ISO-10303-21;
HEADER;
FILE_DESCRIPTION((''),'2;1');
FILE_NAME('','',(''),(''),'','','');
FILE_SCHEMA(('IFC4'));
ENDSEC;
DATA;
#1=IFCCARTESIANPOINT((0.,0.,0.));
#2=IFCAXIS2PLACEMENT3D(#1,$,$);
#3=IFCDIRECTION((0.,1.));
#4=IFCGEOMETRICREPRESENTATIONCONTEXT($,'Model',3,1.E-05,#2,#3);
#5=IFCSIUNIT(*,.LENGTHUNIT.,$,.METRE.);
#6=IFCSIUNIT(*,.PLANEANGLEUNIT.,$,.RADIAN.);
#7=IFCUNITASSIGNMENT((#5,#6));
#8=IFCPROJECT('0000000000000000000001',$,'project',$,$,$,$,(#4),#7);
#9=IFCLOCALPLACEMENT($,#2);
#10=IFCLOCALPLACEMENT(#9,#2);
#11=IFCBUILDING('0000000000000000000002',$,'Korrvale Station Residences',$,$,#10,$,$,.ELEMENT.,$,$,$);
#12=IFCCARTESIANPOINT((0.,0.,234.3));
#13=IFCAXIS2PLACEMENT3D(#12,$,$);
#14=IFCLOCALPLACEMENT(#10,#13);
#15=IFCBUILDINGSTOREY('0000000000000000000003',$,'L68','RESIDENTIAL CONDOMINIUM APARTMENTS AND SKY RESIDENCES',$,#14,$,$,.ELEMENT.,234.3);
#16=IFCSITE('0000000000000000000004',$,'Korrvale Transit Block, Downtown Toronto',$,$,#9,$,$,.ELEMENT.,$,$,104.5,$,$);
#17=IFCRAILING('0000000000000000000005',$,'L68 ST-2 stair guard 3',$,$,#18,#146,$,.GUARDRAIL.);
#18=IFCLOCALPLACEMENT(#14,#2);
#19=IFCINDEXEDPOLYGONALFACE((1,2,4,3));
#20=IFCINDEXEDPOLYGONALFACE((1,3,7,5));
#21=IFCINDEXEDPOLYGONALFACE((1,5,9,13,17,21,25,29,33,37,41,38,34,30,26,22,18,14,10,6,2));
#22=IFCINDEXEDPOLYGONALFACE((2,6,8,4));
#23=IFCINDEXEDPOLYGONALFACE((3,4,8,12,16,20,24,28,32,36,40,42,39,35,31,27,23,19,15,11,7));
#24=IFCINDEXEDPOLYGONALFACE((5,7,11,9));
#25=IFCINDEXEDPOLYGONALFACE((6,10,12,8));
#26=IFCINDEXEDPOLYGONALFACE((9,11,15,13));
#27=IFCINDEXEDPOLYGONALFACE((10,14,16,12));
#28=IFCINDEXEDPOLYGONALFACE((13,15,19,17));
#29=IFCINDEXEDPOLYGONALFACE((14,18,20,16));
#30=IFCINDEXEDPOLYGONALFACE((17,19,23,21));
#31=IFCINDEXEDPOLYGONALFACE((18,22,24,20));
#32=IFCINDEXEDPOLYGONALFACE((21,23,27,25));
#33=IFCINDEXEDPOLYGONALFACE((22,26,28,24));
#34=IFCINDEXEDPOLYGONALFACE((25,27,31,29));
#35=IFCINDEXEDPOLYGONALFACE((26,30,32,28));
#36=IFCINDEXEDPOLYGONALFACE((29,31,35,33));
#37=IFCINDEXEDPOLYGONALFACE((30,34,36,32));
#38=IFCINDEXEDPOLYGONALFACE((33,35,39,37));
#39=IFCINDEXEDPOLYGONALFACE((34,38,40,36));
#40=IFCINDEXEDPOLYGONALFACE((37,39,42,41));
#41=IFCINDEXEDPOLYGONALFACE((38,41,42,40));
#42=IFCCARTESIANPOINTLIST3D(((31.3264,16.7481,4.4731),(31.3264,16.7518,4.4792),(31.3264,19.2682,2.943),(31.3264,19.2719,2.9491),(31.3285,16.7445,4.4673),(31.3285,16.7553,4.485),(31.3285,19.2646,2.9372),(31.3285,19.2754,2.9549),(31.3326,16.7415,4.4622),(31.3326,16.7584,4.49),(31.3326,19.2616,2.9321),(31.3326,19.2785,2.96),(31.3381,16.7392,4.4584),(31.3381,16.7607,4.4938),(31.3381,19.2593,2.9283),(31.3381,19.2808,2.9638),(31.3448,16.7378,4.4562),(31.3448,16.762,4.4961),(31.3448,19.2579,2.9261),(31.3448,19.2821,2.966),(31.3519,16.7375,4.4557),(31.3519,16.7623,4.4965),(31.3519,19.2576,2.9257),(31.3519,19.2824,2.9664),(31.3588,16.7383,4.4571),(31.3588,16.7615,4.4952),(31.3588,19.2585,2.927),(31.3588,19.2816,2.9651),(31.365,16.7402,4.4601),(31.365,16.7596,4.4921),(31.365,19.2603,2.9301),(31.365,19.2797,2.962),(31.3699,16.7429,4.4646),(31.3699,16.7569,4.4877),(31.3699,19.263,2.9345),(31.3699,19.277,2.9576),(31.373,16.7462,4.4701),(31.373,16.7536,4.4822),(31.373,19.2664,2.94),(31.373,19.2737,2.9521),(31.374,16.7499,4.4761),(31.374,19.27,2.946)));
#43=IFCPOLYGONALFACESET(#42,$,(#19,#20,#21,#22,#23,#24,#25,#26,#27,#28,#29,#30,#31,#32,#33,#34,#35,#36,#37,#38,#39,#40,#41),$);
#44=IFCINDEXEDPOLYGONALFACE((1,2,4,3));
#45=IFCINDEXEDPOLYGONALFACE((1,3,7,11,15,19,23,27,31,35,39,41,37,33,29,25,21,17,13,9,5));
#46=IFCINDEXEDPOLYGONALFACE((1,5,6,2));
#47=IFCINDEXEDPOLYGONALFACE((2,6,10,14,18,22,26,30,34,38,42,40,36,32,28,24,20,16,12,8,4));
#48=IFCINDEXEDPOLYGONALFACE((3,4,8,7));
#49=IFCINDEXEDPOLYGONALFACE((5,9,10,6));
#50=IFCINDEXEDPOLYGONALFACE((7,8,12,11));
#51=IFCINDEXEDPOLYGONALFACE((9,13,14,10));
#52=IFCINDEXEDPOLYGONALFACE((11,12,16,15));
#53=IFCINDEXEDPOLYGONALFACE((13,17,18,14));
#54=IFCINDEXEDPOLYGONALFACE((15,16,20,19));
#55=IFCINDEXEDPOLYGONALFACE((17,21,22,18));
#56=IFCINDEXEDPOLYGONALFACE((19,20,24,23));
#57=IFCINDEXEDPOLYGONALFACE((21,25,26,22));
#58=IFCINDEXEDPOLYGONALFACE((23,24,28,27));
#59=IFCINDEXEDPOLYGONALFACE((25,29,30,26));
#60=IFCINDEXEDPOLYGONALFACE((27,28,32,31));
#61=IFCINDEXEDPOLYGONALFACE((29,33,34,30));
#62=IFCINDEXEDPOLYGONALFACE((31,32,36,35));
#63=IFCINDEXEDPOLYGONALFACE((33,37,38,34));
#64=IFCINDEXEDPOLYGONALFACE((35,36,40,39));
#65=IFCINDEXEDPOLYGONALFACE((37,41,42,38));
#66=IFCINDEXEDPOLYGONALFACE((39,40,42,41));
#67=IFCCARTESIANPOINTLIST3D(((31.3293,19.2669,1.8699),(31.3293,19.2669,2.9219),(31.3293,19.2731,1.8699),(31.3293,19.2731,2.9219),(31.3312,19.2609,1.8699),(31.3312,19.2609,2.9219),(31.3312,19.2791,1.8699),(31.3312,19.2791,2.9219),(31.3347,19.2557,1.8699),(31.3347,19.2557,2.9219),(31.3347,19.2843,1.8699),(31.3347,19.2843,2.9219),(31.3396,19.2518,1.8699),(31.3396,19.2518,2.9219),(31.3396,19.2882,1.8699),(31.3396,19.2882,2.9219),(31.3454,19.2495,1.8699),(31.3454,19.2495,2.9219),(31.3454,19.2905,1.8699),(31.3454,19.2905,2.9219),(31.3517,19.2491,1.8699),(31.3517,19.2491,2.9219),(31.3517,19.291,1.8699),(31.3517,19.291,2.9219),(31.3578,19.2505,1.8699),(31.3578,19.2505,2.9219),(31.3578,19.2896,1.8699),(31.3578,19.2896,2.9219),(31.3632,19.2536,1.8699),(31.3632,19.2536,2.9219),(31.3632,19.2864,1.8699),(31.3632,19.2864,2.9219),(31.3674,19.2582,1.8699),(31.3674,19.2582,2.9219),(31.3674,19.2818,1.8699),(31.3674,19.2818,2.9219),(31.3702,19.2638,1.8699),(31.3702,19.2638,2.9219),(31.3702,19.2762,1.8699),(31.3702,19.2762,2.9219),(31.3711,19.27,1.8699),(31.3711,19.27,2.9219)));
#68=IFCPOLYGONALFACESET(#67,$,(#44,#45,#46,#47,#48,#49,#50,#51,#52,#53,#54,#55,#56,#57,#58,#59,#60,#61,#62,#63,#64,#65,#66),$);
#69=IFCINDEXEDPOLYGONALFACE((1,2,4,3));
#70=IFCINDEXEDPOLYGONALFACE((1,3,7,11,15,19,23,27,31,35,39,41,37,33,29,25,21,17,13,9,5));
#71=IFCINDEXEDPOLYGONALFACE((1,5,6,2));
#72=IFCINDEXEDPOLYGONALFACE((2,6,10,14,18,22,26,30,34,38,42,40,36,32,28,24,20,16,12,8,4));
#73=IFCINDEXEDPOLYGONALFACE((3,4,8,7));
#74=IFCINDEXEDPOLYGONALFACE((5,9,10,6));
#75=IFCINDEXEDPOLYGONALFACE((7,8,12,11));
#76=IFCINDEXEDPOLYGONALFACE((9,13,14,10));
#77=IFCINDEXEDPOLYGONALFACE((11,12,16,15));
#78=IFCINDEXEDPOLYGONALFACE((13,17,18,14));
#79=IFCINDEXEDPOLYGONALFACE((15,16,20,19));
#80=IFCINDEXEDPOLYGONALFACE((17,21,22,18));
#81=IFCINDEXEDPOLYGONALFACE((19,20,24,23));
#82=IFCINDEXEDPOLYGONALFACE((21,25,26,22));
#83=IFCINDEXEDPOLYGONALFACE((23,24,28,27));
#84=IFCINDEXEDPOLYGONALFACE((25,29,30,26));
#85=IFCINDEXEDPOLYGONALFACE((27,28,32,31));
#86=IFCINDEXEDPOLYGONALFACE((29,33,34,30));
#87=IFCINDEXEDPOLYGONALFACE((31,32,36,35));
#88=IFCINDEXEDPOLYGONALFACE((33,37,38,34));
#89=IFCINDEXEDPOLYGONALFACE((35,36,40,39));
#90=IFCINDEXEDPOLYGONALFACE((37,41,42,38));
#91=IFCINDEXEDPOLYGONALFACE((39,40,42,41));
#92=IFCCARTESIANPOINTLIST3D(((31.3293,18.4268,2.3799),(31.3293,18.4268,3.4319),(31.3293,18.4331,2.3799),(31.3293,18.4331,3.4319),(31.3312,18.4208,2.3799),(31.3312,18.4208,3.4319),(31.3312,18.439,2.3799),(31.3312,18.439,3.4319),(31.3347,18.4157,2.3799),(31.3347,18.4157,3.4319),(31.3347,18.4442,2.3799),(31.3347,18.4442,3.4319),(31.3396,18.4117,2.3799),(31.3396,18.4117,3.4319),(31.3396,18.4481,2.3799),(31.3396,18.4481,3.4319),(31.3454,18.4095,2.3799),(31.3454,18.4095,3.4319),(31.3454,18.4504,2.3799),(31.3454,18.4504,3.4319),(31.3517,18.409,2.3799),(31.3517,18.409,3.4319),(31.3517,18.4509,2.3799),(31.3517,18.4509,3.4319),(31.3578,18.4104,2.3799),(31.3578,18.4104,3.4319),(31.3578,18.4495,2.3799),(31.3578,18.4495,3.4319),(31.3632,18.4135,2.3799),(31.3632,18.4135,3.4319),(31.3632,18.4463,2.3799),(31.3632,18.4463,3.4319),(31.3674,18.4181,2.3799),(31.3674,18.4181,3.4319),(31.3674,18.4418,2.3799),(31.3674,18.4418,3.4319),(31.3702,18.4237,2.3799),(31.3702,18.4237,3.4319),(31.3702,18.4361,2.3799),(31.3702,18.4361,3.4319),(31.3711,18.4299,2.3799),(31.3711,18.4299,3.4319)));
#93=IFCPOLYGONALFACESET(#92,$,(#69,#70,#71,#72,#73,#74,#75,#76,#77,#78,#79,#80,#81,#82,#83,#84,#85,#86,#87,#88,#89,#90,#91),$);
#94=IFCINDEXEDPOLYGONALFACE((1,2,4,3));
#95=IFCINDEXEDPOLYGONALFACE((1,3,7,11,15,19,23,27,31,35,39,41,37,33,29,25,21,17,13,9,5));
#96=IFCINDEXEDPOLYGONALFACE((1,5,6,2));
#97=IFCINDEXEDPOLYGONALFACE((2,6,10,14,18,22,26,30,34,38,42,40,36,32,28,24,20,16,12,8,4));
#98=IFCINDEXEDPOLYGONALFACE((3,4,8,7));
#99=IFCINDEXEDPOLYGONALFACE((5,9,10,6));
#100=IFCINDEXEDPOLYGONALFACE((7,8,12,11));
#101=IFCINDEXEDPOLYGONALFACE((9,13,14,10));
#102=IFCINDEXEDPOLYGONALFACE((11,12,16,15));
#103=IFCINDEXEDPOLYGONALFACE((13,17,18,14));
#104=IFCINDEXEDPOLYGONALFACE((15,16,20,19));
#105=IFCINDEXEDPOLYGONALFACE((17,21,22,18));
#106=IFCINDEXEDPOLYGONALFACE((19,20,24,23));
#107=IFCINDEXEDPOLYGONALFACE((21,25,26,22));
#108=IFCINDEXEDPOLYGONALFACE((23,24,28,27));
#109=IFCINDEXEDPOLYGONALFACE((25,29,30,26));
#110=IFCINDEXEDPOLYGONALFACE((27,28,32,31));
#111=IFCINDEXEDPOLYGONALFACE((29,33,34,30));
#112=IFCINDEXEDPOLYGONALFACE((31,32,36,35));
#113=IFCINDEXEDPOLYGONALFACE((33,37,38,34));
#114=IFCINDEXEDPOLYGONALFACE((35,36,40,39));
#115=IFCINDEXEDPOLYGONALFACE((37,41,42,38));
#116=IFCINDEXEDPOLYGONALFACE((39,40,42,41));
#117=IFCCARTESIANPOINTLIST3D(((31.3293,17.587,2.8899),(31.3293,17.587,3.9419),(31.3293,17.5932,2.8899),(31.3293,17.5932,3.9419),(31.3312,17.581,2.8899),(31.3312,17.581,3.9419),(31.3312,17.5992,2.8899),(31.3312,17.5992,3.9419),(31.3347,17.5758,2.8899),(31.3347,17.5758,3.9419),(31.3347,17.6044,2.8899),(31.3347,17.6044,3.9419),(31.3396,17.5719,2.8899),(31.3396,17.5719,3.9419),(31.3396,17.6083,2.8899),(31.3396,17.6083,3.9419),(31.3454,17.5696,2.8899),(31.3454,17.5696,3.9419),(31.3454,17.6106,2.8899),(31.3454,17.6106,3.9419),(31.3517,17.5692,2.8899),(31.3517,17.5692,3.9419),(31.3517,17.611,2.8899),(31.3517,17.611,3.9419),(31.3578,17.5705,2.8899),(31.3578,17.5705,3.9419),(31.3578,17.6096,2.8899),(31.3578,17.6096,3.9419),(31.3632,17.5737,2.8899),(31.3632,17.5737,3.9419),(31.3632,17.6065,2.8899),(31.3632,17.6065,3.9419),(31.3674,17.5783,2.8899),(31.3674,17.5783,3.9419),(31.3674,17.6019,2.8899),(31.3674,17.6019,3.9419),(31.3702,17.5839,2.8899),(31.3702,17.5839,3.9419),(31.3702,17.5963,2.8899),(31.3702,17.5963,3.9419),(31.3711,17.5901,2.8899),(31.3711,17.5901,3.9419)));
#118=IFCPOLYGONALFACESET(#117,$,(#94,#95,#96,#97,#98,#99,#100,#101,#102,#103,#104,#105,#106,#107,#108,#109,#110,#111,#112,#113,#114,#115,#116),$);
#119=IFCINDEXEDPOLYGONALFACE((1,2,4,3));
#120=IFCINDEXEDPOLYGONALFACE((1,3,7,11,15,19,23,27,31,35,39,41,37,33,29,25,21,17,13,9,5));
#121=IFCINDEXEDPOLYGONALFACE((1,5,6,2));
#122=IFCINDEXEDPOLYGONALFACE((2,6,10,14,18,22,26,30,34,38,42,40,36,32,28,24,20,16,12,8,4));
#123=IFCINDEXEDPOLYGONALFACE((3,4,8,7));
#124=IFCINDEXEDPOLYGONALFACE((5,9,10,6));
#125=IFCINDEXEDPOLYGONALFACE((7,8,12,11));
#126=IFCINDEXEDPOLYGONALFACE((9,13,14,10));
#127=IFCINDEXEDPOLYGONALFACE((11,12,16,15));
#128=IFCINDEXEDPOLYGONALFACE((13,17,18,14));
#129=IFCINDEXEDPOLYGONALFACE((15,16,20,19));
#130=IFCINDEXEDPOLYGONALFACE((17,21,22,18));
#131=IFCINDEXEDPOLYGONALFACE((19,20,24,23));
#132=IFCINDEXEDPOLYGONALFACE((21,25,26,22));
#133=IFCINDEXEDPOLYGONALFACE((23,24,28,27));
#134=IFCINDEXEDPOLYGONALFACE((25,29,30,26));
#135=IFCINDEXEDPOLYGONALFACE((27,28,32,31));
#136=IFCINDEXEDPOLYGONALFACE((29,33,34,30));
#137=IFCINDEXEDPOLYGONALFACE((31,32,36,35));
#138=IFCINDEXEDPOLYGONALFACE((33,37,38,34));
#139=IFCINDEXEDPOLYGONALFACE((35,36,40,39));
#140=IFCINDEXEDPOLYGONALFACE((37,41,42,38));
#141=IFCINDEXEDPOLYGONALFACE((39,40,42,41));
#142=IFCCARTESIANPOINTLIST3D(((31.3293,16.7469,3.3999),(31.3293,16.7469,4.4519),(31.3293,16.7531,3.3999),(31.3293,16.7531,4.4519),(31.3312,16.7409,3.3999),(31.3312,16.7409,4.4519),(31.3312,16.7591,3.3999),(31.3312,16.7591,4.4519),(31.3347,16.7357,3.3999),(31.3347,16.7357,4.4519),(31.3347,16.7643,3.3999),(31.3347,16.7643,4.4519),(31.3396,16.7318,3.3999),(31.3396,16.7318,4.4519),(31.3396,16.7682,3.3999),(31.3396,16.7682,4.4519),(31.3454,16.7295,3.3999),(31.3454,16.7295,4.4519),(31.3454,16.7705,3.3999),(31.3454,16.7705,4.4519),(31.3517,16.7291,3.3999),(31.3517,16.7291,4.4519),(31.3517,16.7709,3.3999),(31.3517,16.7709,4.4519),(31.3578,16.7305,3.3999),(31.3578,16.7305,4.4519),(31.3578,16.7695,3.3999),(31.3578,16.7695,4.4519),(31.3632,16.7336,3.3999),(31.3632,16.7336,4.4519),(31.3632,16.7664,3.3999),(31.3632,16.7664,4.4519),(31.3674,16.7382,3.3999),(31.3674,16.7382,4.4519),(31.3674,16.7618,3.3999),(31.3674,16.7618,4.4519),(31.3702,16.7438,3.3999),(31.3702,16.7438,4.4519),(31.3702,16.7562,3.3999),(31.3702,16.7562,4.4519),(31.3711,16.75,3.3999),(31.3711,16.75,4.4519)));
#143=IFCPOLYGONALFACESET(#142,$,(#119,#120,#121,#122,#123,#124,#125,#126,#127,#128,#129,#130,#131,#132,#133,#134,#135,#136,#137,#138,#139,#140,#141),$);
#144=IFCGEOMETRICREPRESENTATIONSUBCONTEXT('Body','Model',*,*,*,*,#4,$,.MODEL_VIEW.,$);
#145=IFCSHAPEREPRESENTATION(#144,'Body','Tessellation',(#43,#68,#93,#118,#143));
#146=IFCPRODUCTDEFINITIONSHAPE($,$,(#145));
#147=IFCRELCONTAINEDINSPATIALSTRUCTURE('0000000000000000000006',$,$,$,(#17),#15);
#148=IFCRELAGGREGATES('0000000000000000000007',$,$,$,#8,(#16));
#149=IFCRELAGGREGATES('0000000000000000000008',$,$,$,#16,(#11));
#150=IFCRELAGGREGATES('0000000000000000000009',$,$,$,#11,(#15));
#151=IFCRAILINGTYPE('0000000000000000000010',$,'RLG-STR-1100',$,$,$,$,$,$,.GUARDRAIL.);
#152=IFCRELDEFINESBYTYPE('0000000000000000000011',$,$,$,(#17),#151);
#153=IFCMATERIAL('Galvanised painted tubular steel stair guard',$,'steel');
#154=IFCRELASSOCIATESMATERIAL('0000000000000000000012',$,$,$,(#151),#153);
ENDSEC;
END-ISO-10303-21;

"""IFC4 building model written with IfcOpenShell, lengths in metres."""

from ifc_helpers import new_model, si_unit, direction, frame, origin, origin_2d, place, context, subcontext, project, spatial, circle, extrude, material, type_object, element, save


model = new_model("IFC4")

# Units and contexts
model_context = context("Model", 3, precision=1e-05, world=origin(), true_north=direction((0.0, 1.0)))
body_context = subcontext(model_context, "Body", "Model", "MODEL_VIEW")
ifc_project = project(units=[si_unit("LENGTHUNIT", "METRE"), si_unit("PLANEANGLEUNIT", "RADIAN")], contexts=[model_context])

# Site, building, storey
site_placement = place(None, origin())
site = spatial("IfcSite", under=ifc_project, at=site_placement, Name="Korrvale Transit Block, Downtown Toronto", CompositionType="ELEMENT", RefElevation=104.5)
building_placement = place(site_placement, origin())
building = spatial("IfcBuilding", under=site, at=building_placement, Name="Korrvale Station Residences", CompositionType="ELEMENT")
storey_placement = place(building_placement, frame((0.0, 0.0, 234.3)))
storey = spatial("IfcBuildingStorey", under=building, at=storey_placement, Name="L68", Description="RESIDENTIAL CONDOMINIUM APARTMENTS AND SKY RESIDENCES", CompositionType="ELEMENT", Elevation=234.3)

# Railing
ifc_material_1 = material(Name="Galvanised painted tubular steel stair guard", Category="steel")
railing_type_1 = type_object("IfcRailingType", Name="RLG-STR-1100", PredefinedType="GUARDRAIL", material=ifc_material_1)
railing_1_placement = place(storey_placement, frame((31.3501, 19.27, 1.8699)))
element("IfcRailing", 1, at=railing_1_placement, inside=storey, type_object=railing_type_1, Name="L68 ST-2 stair guard 3", PredefinedType="GUARDRAIL", context=body_context, shape_type="SweptSolid", body=[
    extrude(circle(Radius=0.0239, at=origin_2d()), frame((0.0, 0.0, 1.0762), z_axis=(0.0, -0.854785, 0.518982), x_axis=(1.0, 0.0, 0.0)), (0.0, 0.0, 1.0), 2.9482),
    extrude(circle(Radius=0.021, at=origin_2d()), origin(), (0.0, 0.0, 1.0), 1.052),
    extrude(circle(Radius=0.021, at=origin_2d()), frame((0.0, -0.8401, 0.51)), (0.0, 0.0, 1.0), 1.052),
    extrude(circle(Radius=0.021, at=origin_2d()), frame((0.0, -1.6799, 1.02)), (0.0, 0.0, 1.0), 1.052),
    extrude(circle(Radius=0.021, at=origin_2d()), frame((0.0, -2.52, 1.53)), (0.0, 0.0, 1.0), 1.052),
])

save(model, "model.ifc")
